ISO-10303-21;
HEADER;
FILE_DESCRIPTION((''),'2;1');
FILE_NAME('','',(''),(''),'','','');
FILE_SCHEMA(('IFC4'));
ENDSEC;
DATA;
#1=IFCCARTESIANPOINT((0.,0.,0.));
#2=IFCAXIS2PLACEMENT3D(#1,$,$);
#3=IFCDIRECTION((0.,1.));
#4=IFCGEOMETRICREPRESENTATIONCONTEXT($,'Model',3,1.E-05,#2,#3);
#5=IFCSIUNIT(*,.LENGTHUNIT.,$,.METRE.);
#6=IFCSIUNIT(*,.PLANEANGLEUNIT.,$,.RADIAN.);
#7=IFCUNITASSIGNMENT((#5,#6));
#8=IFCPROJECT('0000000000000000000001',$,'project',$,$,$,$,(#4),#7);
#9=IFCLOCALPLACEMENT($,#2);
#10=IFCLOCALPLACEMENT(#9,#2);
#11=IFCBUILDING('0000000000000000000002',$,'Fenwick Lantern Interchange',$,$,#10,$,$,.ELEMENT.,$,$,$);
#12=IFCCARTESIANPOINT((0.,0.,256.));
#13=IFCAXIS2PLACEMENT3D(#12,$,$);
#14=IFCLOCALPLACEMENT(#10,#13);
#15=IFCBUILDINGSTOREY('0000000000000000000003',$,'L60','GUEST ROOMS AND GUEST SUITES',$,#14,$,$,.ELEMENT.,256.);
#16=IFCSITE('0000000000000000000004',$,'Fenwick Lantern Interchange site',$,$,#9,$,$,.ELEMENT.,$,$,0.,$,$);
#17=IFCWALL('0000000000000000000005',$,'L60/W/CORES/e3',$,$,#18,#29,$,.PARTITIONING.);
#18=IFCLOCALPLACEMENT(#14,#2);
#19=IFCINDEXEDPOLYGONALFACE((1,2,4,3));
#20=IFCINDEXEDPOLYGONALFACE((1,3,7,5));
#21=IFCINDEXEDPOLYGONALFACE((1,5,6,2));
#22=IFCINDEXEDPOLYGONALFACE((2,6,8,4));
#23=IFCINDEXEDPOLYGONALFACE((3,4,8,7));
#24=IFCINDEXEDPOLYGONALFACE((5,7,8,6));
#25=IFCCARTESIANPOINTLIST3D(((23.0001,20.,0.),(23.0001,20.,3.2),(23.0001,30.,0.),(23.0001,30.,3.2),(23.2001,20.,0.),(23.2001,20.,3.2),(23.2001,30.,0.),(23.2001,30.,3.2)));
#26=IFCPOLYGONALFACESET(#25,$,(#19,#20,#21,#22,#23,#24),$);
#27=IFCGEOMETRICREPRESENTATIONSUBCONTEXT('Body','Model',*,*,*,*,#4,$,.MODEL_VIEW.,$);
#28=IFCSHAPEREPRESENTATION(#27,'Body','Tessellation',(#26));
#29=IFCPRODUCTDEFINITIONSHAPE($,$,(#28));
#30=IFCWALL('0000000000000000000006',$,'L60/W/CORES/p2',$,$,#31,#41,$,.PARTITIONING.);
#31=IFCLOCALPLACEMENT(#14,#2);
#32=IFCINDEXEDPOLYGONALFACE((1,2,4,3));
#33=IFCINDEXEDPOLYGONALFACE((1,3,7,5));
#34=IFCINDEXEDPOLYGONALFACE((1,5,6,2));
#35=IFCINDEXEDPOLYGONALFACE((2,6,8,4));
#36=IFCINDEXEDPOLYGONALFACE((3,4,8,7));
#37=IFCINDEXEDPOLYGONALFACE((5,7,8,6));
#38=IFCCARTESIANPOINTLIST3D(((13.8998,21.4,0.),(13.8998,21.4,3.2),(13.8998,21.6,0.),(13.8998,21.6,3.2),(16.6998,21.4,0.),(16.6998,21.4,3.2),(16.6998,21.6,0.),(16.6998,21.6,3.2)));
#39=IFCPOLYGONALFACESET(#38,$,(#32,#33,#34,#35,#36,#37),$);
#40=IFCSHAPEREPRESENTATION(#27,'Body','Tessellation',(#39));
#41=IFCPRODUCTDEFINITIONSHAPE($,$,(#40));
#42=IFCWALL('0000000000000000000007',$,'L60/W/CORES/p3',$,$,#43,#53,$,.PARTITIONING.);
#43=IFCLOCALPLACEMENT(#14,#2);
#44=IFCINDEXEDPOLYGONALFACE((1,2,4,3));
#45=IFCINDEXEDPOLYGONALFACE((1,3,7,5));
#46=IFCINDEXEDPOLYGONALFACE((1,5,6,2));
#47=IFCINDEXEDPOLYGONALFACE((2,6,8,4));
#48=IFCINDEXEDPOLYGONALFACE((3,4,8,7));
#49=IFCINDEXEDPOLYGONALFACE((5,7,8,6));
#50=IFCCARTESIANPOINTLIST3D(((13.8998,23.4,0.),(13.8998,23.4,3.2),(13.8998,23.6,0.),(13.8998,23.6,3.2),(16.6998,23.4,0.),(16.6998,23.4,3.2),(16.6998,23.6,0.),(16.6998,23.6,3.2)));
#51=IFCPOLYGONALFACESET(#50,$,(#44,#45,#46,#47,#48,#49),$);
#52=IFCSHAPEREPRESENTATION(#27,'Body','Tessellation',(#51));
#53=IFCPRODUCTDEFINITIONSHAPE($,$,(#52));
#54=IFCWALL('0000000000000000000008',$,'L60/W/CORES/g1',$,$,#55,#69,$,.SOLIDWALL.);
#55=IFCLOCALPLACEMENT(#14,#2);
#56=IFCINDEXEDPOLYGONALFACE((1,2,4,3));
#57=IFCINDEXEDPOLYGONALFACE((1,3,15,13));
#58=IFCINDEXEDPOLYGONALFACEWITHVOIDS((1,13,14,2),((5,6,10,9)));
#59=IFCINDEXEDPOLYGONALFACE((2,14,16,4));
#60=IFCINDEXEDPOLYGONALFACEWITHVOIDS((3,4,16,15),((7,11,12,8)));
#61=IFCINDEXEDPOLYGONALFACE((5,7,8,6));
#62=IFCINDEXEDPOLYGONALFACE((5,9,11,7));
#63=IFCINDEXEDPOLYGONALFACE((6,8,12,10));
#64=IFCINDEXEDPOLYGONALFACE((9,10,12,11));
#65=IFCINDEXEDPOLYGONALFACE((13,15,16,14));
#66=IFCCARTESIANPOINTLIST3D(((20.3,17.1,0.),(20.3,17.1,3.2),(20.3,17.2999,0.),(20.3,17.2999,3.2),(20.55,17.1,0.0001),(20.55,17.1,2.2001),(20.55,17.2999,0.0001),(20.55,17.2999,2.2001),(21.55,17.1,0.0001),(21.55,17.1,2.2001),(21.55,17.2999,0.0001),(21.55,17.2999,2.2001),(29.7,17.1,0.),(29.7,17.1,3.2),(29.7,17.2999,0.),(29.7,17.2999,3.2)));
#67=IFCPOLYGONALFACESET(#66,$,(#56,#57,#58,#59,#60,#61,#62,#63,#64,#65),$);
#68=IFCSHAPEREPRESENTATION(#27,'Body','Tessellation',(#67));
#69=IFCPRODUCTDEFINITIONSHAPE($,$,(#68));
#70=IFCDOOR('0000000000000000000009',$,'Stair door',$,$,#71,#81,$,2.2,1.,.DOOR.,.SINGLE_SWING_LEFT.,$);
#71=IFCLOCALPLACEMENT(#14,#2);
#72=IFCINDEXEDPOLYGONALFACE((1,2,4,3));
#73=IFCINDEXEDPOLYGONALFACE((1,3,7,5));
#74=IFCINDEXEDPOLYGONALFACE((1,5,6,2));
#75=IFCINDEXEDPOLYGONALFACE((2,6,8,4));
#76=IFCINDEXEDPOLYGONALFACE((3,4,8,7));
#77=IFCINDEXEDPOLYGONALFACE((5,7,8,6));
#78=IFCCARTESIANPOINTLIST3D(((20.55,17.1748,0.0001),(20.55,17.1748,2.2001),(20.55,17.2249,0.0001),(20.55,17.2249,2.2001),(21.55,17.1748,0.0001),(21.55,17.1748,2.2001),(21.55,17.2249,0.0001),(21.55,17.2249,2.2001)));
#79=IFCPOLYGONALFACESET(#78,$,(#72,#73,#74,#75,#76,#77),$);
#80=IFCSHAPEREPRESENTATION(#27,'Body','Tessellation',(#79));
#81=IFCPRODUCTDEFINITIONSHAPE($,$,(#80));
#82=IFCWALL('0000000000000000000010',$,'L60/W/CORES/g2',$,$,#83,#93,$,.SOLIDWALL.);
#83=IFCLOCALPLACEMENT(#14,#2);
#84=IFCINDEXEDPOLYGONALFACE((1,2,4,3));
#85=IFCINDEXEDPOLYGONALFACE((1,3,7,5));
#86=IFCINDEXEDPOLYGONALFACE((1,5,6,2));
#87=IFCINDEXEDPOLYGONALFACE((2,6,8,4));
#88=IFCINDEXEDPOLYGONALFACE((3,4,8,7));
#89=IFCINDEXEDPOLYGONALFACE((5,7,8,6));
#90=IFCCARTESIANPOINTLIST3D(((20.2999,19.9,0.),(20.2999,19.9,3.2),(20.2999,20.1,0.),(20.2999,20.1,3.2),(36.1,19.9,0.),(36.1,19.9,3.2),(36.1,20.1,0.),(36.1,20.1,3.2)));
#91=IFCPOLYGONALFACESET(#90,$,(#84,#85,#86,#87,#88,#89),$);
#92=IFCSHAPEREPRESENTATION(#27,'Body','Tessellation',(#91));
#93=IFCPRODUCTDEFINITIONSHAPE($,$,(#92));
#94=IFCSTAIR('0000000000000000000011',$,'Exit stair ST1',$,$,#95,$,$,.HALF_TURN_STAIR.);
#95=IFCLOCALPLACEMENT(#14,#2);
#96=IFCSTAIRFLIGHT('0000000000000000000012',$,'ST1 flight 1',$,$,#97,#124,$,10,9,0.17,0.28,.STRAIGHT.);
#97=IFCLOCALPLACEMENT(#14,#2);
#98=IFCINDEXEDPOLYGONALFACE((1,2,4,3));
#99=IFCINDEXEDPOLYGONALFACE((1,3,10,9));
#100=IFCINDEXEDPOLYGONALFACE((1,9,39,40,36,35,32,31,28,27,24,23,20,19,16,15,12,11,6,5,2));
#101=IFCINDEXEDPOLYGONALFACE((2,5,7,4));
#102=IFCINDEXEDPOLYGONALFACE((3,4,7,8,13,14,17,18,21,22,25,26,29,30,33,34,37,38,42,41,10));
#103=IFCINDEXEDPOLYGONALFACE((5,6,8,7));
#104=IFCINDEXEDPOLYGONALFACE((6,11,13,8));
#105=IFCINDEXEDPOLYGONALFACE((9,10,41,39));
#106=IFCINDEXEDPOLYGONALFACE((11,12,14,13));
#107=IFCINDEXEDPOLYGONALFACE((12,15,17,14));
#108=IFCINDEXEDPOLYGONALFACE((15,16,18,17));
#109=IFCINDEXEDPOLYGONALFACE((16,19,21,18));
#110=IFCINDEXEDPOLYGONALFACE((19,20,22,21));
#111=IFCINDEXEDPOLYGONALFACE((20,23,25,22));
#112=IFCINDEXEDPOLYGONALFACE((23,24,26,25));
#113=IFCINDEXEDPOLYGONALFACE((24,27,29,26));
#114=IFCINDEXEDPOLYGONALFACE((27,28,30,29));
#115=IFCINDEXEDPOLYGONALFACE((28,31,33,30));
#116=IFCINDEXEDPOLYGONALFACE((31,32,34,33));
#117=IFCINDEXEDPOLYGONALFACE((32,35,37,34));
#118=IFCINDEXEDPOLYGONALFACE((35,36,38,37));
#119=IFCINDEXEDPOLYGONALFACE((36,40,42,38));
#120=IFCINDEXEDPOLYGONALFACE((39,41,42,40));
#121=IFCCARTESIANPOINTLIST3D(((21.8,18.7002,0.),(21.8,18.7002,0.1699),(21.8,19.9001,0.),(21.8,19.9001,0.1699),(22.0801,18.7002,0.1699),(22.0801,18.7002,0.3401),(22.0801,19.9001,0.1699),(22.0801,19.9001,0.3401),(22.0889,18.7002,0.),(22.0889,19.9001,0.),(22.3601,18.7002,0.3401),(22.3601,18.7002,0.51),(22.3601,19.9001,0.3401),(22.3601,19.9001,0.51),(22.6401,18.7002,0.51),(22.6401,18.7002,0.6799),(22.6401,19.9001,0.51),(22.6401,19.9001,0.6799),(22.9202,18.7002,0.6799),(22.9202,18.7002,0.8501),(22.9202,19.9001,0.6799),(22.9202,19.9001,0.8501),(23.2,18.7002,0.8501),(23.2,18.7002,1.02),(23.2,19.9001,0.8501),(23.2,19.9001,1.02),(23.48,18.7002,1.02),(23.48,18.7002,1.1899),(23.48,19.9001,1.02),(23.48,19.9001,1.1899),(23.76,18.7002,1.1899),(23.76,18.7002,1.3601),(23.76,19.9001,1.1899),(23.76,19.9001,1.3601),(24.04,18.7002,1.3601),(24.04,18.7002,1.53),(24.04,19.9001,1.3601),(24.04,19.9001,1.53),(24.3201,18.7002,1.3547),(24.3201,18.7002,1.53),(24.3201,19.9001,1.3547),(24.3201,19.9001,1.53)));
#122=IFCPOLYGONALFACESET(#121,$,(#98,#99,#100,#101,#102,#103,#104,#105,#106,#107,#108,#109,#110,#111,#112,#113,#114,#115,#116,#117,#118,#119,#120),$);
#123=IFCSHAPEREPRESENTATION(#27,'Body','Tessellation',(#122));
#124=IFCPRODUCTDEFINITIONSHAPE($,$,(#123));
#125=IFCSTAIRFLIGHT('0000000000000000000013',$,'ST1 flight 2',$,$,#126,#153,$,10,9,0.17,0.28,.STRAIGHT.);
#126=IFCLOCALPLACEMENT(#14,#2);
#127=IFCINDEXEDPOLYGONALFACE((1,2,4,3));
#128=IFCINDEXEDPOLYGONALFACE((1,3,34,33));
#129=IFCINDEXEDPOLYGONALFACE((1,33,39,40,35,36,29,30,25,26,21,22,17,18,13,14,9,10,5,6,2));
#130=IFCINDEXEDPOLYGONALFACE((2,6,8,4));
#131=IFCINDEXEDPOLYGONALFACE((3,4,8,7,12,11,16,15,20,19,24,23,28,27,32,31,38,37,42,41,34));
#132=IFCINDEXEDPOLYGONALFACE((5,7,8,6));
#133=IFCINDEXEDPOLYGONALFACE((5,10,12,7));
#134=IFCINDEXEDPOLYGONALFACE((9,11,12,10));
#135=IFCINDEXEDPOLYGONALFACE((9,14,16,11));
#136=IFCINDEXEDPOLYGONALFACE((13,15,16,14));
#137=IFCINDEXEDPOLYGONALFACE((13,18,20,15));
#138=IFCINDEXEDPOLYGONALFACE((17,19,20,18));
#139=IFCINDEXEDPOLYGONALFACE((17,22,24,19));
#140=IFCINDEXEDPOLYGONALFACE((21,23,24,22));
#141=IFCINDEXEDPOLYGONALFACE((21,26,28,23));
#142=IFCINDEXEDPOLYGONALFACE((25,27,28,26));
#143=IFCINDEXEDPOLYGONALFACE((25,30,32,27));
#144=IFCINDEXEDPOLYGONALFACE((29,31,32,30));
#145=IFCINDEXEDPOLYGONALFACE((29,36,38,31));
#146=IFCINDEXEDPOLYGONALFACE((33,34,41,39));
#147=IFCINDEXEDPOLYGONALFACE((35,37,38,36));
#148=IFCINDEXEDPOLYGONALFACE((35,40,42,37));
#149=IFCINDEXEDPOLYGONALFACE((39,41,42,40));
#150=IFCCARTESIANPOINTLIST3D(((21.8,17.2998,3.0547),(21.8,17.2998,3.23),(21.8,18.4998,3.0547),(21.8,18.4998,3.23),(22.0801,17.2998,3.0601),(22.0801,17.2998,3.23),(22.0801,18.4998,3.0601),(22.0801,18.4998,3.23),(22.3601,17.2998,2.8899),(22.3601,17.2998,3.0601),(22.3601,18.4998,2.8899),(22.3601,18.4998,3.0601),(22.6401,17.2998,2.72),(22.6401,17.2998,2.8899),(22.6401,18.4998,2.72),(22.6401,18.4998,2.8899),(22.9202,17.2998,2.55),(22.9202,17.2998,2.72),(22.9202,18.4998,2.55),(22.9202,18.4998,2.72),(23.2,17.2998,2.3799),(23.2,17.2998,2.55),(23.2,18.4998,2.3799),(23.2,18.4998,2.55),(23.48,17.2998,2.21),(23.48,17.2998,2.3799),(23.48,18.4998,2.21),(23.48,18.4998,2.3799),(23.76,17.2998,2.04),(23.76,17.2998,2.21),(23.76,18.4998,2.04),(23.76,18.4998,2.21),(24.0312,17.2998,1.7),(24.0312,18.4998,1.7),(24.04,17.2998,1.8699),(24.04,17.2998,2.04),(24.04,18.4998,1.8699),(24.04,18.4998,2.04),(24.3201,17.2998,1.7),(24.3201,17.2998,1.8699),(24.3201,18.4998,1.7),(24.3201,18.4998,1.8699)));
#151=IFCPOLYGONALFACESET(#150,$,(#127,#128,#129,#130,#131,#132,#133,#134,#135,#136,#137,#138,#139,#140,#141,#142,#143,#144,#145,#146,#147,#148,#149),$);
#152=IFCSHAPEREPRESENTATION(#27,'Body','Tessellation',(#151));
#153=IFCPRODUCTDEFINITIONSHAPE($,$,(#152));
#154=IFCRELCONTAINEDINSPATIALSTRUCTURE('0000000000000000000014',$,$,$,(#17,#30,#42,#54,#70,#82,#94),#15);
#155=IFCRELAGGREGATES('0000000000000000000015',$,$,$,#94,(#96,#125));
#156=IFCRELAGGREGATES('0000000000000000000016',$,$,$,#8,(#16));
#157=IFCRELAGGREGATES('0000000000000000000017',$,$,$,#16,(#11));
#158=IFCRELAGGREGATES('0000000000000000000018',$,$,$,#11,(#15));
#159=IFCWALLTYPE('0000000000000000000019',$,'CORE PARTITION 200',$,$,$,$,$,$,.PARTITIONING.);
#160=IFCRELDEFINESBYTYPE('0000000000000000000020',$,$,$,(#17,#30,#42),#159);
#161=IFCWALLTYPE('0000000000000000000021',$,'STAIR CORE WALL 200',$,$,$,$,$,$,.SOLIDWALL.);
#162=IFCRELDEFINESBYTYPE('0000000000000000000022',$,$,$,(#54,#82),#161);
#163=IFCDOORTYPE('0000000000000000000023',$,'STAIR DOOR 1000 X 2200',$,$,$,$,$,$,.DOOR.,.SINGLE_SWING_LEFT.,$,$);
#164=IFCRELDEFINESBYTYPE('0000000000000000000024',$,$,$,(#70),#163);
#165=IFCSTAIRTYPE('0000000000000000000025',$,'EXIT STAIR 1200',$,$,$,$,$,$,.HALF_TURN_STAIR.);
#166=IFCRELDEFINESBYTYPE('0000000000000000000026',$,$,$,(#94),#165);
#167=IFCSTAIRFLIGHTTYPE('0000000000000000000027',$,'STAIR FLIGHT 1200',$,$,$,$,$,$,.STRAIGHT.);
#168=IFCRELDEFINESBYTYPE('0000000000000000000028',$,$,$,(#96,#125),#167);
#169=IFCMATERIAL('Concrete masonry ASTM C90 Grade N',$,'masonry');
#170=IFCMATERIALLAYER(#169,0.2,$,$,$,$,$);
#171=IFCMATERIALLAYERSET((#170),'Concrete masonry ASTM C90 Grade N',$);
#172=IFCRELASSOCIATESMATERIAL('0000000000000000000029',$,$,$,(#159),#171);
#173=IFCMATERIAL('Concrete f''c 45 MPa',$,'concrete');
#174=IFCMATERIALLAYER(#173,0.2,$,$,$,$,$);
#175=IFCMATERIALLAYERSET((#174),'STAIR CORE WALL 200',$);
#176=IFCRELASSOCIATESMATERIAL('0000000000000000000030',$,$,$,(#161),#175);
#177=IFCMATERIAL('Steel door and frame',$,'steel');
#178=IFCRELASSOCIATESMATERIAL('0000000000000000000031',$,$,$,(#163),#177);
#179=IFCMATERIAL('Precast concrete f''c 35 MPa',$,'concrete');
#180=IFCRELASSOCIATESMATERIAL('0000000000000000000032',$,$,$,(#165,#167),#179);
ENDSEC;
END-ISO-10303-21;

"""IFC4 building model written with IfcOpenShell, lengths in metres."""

from ifc_helpers import new_model, si_unit, direction, frame, frame_2d, origin, place, context, subcontext, project, spatial, polyline, rectangle, outline, extrude, material, layer, layer_set, type_object, element, fill, aggregate, save


model = new_model("IFC4")

# Units and contexts
model_context = context("Model", 3, precision=1e-05, world=origin(), true_north=direction((0.0, 1.0)))
body_context = subcontext(model_context, "Body", "Model", "MODEL_VIEW")
ifc_project = project(units=[si_unit("LENGTHUNIT", "METRE"), si_unit("PLANEANGLEUNIT", "RADIAN")], contexts=[model_context])

# Site, building, storey
site_placement = place(None, origin())
site = spatial("IfcSite", under=ifc_project, at=site_placement, Name="Fenwick Lantern Interchange site", CompositionType="ELEMENT", RefElevation=0.0)
building_placement = place(site_placement, origin())
building = spatial("IfcBuilding", under=site, at=building_placement, Name="Fenwick Lantern Interchange", CompositionType="ELEMENT")
storey_placement = place(building_placement, frame((0.0, 0.0, 256.0)))
storey = spatial("IfcBuildingStorey", under=building, at=storey_placement, Name="L60", Description="GUEST ROOMS AND GUEST SUITES", CompositionType="ELEMENT", Elevation=256.0)

# Walls
ifc_material_1 = material(Name="Concrete masonry ASTM C90 Grade N", Category="masonry")
ifc_layer_1 = layer(ifc_material_1, 0.2)
ifc_layer_set_1 = layer_set([ifc_layer_1], Name="Concrete masonry ASTM C90 Grade N")
wall_type_1 = type_object("IfcWallType", Name="CORE PARTITION 200", PredefinedType="PARTITIONING", material=ifc_layer_set_1)
wall_1_placement = place(storey_placement, frame((23.1001, 20.0, 0.0), z_axis=(0.0, 0.0, 1.0), x_axis=(0.0, 1.0, 0.0)))
element("IfcWall", 1, at=wall_1_placement, inside=storey, type_object=wall_type_1, Name="L60/W/CORES/e3", PredefinedType="PARTITIONING", context=body_context, shape_type="SweptSolid", body=[
    extrude(rectangle(XDim=10.0, YDim=0.2, at=frame_2d((5.0, 0.0))), origin(), (0.0, 0.0, 1.0), 3.2),
])
for number, where, z_axis, x_axis, name in (
    (2, (13.8999, 21.5, 0.0), (0.0, 0.0, 1.0), (1.0, 0.0, 0.0), "L60/W/CORES/p2"),
    (3, (13.8999, 23.5, 0.0), (0.0, 0.0, 1.0), (1.0, 0.0, 0.0), "L60/W/CORES/p3"),
):
    element("IfcWall", number, at=place(storey_placement, frame(where, z_axis=z_axis, x_axis=x_axis)), inside=storey, type_object=wall_type_1, Name=name, PredefinedType="PARTITIONING", context=body_context, shape_type="SweptSolid", body=[
        extrude(rectangle(XDim=2.8, YDim=0.2, at=frame_2d((1.3999, 0.0))), origin(), (0.0, 0.0, 1.0), 3.2),
    ])

# Wall, opening, door
ifc_material_2 = material(Name="Concrete f'c 45 MPa", Category="concrete")
ifc_layer_2 = layer(ifc_material_2, 0.2)
ifc_layer_set_2 = layer_set([ifc_layer_2], Name="STAIR CORE WALL 200")
wall_type_2 = type_object("IfcWallType", Name="STAIR CORE WALL 200", PredefinedType="SOLIDWALL", material=ifc_layer_set_2)
wall_2_placement = place(storey_placement, frame((20.3, 17.2, 0.0), z_axis=(0.0, 0.0, 1.0), x_axis=(1.0, 0.0, 0.0)))
wall_2 = element("IfcWall", 4, at=wall_2_placement, inside=storey, type_object=wall_type_2, Name="L60/W/CORES/g1", PredefinedType="SOLIDWALL", context=body_context, shape_type="SweptSolid", body=[
    extrude(rectangle(XDim=9.3999, YDim=0.2, at=frame_2d((4.7, 0.0))), origin(), (0.0, 0.0, 1.0), 3.2),
])
opening_placement = place(wall_2_placement, frame((0.25, 0.0, 0.0)))
opening = element("IfcOpeningElement", 5, at=opening_placement, cuts=wall_2, PredefinedType="OPENING", context=body_context, shape_type="SweptSolid", body=[
    extrude(rectangle(XDim=1.0, YDim=2.2, at=frame_2d((0.5, 1.1001))), frame((0.0, 0.1099, 0.0), z_axis=(0.0, -1.0, 0.0), x_axis=(1.0, 0.0, 0.0)), (0.0, 0.0, 1.0), 0.22),
])
ifc_material_3 = material(Name="Steel door and frame", Category="steel")
door_type = type_object("IfcDoorType", Name="STAIR DOOR 1000 X 2200", OperationType="SINGLE_SWING_LEFT", PredefinedType="DOOR", material=ifc_material_3)
door_placement = place(opening_placement, origin())
door = element("IfcDoor", 6, at=door_placement, inside=storey, type_object=door_type, Name="Stair door", OperationType="SINGLE_SWING_LEFT", OverallHeight=2.2, OverallWidth=1.0, PredefinedType="DOOR", context=body_context, shape_type="SweptSolid", body=[
    extrude(rectangle(XDim=1.0, YDim=2.2, at=frame_2d((0.5, 1.1001))), frame((0.0, 0.0249, 0.0), z_axis=(0.0, -1.0, 0.0), x_axis=(1.0, 0.0, 0.0)), (0.0, 0.0, 1.0), 0.05),
])
fill(opening, door)

# Wall
wall_3_placement = place(storey_placement, frame((20.3, 20.0, 0.0), z_axis=(0.0, 0.0, 1.0), x_axis=(1.0, 0.0, 0.0)))
element("IfcWall", 7, at=wall_3_placement, inside=storey, type_object=wall_type_2, Name="L60/W/CORES/g2", PredefinedType="SOLIDWALL", context=body_context, shape_type="SweptSolid", body=[
    extrude(rectangle(XDim=15.8, YDim=0.2, at=frame_2d((7.8999, 0.0))), origin(), (0.0, 0.0, 1.0), 3.2),
])

# Stair, stair flights
ifc_material_4 = material(Name="Precast concrete f'c 35 MPa", Category="concrete")
stair_type = type_object("IfcStairType", Name="EXIT STAIR 1200", PredefinedType="HALF_TURN_STAIR", material=ifc_material_4)
stair_placement = place(storey_placement, origin())
stair = element("IfcStair", 8, at=stair_placement, inside=storey, type_object=stair_type, Name="Exit stair ST1", PredefinedType="HALF_TURN_STAIR")
stair_flight_type = type_object("IfcStairFlightType", Name="STAIR FLIGHT 1200", PredefinedType="STRAIGHT", material=ifc_material_4)
stair_flight_1_placement = place(storey_placement, frame((21.8, 19.3, 0.0), z_axis=(0.0, 0.0, 1.0), x_axis=(1.0, 0.0, 0.0)))
stair_flight_1 = element("IfcStairFlight", 9, at=stair_flight_1_placement, type_object=stair_flight_type, Name="ST1 flight 1", NumberOfRisers=10, NumberOfTreads=9, PredefinedType="STRAIGHT", RiserHeight=0.17, TreadLength=0.28, context=body_context, shape_type="SweptSolid", body=[
    extrude(outline(polyline([(0.0, 0.0), (0.0, 0.1699), (0.28, 0.1699), (0.28, 0.3401), (0.5601, 0.3401), (0.5601, 0.51), (0.8401, 0.51), (0.8401, 0.6799), (1.1201, 0.6799), (1.1201, 0.8501), (1.3999, 0.8501), (1.3999, 1.02), (1.6799, 1.02), (1.6799, 1.1899), (1.96, 1.1899), (1.96, 1.3601), (2.24, 1.3601), (2.24, 1.53), (2.52, 1.53), (2.52, 1.7), (2.52, 1.3547), (0.2888, 0.0), (0.0, 0.0)])), frame((0.0, 0.6001, 0.0), z_axis=(0.0, -1.0, 0.0), x_axis=(1.0, 0.0, 0.0)), (0.0, 0.0, 1.0), 1.2),
])
stair_flight_2_placement = place(storey_placement, frame((24.3201, 17.8999, 1.7), z_axis=(0.0, 0.0, 1.0), x_axis=(-1.0, 0.0, 0.0)))
stair_flight_2 = element("IfcStairFlight", 10, at=stair_flight_2_placement, type_object=stair_flight_type, Name="ST1 flight 2", NumberOfRisers=10, NumberOfTreads=9, PredefinedType="STRAIGHT", RiserHeight=0.17, TreadLength=0.28, context=body_context, shape_type="SweptSolid", body=[
    extrude(outline(polyline([(0.0, 0.0), (0.0, 0.1699), (0.28, 0.1699), (0.28, 0.3401), (0.5601, 0.3401), (0.5601, 0.51), (0.8401, 0.51), (0.8401, 0.6799), (1.1201, 0.6799), (1.1201, 0.8501), (1.3999, 0.8501), (1.3999, 1.02), (1.6799, 1.02), (1.6799, 1.1899), (1.96, 1.1899), (1.96, 1.3601), (2.24, 1.3601), (2.24, 1.53), (2.52, 1.53), (2.52, 1.7), (2.52, 1.3547), (0.2888, 0.0), (0.0, 0.0)])), frame((0.0, 0.6001, 0.0), z_axis=(0.0, -1.0, 0.0), x_axis=(1.0, 0.0, 0.0)), (0.0, 0.0, 1.0), 1.2),
])
aggregate(stair, [stair_flight_1, stair_flight_2])

save(model, "model.ifc")
